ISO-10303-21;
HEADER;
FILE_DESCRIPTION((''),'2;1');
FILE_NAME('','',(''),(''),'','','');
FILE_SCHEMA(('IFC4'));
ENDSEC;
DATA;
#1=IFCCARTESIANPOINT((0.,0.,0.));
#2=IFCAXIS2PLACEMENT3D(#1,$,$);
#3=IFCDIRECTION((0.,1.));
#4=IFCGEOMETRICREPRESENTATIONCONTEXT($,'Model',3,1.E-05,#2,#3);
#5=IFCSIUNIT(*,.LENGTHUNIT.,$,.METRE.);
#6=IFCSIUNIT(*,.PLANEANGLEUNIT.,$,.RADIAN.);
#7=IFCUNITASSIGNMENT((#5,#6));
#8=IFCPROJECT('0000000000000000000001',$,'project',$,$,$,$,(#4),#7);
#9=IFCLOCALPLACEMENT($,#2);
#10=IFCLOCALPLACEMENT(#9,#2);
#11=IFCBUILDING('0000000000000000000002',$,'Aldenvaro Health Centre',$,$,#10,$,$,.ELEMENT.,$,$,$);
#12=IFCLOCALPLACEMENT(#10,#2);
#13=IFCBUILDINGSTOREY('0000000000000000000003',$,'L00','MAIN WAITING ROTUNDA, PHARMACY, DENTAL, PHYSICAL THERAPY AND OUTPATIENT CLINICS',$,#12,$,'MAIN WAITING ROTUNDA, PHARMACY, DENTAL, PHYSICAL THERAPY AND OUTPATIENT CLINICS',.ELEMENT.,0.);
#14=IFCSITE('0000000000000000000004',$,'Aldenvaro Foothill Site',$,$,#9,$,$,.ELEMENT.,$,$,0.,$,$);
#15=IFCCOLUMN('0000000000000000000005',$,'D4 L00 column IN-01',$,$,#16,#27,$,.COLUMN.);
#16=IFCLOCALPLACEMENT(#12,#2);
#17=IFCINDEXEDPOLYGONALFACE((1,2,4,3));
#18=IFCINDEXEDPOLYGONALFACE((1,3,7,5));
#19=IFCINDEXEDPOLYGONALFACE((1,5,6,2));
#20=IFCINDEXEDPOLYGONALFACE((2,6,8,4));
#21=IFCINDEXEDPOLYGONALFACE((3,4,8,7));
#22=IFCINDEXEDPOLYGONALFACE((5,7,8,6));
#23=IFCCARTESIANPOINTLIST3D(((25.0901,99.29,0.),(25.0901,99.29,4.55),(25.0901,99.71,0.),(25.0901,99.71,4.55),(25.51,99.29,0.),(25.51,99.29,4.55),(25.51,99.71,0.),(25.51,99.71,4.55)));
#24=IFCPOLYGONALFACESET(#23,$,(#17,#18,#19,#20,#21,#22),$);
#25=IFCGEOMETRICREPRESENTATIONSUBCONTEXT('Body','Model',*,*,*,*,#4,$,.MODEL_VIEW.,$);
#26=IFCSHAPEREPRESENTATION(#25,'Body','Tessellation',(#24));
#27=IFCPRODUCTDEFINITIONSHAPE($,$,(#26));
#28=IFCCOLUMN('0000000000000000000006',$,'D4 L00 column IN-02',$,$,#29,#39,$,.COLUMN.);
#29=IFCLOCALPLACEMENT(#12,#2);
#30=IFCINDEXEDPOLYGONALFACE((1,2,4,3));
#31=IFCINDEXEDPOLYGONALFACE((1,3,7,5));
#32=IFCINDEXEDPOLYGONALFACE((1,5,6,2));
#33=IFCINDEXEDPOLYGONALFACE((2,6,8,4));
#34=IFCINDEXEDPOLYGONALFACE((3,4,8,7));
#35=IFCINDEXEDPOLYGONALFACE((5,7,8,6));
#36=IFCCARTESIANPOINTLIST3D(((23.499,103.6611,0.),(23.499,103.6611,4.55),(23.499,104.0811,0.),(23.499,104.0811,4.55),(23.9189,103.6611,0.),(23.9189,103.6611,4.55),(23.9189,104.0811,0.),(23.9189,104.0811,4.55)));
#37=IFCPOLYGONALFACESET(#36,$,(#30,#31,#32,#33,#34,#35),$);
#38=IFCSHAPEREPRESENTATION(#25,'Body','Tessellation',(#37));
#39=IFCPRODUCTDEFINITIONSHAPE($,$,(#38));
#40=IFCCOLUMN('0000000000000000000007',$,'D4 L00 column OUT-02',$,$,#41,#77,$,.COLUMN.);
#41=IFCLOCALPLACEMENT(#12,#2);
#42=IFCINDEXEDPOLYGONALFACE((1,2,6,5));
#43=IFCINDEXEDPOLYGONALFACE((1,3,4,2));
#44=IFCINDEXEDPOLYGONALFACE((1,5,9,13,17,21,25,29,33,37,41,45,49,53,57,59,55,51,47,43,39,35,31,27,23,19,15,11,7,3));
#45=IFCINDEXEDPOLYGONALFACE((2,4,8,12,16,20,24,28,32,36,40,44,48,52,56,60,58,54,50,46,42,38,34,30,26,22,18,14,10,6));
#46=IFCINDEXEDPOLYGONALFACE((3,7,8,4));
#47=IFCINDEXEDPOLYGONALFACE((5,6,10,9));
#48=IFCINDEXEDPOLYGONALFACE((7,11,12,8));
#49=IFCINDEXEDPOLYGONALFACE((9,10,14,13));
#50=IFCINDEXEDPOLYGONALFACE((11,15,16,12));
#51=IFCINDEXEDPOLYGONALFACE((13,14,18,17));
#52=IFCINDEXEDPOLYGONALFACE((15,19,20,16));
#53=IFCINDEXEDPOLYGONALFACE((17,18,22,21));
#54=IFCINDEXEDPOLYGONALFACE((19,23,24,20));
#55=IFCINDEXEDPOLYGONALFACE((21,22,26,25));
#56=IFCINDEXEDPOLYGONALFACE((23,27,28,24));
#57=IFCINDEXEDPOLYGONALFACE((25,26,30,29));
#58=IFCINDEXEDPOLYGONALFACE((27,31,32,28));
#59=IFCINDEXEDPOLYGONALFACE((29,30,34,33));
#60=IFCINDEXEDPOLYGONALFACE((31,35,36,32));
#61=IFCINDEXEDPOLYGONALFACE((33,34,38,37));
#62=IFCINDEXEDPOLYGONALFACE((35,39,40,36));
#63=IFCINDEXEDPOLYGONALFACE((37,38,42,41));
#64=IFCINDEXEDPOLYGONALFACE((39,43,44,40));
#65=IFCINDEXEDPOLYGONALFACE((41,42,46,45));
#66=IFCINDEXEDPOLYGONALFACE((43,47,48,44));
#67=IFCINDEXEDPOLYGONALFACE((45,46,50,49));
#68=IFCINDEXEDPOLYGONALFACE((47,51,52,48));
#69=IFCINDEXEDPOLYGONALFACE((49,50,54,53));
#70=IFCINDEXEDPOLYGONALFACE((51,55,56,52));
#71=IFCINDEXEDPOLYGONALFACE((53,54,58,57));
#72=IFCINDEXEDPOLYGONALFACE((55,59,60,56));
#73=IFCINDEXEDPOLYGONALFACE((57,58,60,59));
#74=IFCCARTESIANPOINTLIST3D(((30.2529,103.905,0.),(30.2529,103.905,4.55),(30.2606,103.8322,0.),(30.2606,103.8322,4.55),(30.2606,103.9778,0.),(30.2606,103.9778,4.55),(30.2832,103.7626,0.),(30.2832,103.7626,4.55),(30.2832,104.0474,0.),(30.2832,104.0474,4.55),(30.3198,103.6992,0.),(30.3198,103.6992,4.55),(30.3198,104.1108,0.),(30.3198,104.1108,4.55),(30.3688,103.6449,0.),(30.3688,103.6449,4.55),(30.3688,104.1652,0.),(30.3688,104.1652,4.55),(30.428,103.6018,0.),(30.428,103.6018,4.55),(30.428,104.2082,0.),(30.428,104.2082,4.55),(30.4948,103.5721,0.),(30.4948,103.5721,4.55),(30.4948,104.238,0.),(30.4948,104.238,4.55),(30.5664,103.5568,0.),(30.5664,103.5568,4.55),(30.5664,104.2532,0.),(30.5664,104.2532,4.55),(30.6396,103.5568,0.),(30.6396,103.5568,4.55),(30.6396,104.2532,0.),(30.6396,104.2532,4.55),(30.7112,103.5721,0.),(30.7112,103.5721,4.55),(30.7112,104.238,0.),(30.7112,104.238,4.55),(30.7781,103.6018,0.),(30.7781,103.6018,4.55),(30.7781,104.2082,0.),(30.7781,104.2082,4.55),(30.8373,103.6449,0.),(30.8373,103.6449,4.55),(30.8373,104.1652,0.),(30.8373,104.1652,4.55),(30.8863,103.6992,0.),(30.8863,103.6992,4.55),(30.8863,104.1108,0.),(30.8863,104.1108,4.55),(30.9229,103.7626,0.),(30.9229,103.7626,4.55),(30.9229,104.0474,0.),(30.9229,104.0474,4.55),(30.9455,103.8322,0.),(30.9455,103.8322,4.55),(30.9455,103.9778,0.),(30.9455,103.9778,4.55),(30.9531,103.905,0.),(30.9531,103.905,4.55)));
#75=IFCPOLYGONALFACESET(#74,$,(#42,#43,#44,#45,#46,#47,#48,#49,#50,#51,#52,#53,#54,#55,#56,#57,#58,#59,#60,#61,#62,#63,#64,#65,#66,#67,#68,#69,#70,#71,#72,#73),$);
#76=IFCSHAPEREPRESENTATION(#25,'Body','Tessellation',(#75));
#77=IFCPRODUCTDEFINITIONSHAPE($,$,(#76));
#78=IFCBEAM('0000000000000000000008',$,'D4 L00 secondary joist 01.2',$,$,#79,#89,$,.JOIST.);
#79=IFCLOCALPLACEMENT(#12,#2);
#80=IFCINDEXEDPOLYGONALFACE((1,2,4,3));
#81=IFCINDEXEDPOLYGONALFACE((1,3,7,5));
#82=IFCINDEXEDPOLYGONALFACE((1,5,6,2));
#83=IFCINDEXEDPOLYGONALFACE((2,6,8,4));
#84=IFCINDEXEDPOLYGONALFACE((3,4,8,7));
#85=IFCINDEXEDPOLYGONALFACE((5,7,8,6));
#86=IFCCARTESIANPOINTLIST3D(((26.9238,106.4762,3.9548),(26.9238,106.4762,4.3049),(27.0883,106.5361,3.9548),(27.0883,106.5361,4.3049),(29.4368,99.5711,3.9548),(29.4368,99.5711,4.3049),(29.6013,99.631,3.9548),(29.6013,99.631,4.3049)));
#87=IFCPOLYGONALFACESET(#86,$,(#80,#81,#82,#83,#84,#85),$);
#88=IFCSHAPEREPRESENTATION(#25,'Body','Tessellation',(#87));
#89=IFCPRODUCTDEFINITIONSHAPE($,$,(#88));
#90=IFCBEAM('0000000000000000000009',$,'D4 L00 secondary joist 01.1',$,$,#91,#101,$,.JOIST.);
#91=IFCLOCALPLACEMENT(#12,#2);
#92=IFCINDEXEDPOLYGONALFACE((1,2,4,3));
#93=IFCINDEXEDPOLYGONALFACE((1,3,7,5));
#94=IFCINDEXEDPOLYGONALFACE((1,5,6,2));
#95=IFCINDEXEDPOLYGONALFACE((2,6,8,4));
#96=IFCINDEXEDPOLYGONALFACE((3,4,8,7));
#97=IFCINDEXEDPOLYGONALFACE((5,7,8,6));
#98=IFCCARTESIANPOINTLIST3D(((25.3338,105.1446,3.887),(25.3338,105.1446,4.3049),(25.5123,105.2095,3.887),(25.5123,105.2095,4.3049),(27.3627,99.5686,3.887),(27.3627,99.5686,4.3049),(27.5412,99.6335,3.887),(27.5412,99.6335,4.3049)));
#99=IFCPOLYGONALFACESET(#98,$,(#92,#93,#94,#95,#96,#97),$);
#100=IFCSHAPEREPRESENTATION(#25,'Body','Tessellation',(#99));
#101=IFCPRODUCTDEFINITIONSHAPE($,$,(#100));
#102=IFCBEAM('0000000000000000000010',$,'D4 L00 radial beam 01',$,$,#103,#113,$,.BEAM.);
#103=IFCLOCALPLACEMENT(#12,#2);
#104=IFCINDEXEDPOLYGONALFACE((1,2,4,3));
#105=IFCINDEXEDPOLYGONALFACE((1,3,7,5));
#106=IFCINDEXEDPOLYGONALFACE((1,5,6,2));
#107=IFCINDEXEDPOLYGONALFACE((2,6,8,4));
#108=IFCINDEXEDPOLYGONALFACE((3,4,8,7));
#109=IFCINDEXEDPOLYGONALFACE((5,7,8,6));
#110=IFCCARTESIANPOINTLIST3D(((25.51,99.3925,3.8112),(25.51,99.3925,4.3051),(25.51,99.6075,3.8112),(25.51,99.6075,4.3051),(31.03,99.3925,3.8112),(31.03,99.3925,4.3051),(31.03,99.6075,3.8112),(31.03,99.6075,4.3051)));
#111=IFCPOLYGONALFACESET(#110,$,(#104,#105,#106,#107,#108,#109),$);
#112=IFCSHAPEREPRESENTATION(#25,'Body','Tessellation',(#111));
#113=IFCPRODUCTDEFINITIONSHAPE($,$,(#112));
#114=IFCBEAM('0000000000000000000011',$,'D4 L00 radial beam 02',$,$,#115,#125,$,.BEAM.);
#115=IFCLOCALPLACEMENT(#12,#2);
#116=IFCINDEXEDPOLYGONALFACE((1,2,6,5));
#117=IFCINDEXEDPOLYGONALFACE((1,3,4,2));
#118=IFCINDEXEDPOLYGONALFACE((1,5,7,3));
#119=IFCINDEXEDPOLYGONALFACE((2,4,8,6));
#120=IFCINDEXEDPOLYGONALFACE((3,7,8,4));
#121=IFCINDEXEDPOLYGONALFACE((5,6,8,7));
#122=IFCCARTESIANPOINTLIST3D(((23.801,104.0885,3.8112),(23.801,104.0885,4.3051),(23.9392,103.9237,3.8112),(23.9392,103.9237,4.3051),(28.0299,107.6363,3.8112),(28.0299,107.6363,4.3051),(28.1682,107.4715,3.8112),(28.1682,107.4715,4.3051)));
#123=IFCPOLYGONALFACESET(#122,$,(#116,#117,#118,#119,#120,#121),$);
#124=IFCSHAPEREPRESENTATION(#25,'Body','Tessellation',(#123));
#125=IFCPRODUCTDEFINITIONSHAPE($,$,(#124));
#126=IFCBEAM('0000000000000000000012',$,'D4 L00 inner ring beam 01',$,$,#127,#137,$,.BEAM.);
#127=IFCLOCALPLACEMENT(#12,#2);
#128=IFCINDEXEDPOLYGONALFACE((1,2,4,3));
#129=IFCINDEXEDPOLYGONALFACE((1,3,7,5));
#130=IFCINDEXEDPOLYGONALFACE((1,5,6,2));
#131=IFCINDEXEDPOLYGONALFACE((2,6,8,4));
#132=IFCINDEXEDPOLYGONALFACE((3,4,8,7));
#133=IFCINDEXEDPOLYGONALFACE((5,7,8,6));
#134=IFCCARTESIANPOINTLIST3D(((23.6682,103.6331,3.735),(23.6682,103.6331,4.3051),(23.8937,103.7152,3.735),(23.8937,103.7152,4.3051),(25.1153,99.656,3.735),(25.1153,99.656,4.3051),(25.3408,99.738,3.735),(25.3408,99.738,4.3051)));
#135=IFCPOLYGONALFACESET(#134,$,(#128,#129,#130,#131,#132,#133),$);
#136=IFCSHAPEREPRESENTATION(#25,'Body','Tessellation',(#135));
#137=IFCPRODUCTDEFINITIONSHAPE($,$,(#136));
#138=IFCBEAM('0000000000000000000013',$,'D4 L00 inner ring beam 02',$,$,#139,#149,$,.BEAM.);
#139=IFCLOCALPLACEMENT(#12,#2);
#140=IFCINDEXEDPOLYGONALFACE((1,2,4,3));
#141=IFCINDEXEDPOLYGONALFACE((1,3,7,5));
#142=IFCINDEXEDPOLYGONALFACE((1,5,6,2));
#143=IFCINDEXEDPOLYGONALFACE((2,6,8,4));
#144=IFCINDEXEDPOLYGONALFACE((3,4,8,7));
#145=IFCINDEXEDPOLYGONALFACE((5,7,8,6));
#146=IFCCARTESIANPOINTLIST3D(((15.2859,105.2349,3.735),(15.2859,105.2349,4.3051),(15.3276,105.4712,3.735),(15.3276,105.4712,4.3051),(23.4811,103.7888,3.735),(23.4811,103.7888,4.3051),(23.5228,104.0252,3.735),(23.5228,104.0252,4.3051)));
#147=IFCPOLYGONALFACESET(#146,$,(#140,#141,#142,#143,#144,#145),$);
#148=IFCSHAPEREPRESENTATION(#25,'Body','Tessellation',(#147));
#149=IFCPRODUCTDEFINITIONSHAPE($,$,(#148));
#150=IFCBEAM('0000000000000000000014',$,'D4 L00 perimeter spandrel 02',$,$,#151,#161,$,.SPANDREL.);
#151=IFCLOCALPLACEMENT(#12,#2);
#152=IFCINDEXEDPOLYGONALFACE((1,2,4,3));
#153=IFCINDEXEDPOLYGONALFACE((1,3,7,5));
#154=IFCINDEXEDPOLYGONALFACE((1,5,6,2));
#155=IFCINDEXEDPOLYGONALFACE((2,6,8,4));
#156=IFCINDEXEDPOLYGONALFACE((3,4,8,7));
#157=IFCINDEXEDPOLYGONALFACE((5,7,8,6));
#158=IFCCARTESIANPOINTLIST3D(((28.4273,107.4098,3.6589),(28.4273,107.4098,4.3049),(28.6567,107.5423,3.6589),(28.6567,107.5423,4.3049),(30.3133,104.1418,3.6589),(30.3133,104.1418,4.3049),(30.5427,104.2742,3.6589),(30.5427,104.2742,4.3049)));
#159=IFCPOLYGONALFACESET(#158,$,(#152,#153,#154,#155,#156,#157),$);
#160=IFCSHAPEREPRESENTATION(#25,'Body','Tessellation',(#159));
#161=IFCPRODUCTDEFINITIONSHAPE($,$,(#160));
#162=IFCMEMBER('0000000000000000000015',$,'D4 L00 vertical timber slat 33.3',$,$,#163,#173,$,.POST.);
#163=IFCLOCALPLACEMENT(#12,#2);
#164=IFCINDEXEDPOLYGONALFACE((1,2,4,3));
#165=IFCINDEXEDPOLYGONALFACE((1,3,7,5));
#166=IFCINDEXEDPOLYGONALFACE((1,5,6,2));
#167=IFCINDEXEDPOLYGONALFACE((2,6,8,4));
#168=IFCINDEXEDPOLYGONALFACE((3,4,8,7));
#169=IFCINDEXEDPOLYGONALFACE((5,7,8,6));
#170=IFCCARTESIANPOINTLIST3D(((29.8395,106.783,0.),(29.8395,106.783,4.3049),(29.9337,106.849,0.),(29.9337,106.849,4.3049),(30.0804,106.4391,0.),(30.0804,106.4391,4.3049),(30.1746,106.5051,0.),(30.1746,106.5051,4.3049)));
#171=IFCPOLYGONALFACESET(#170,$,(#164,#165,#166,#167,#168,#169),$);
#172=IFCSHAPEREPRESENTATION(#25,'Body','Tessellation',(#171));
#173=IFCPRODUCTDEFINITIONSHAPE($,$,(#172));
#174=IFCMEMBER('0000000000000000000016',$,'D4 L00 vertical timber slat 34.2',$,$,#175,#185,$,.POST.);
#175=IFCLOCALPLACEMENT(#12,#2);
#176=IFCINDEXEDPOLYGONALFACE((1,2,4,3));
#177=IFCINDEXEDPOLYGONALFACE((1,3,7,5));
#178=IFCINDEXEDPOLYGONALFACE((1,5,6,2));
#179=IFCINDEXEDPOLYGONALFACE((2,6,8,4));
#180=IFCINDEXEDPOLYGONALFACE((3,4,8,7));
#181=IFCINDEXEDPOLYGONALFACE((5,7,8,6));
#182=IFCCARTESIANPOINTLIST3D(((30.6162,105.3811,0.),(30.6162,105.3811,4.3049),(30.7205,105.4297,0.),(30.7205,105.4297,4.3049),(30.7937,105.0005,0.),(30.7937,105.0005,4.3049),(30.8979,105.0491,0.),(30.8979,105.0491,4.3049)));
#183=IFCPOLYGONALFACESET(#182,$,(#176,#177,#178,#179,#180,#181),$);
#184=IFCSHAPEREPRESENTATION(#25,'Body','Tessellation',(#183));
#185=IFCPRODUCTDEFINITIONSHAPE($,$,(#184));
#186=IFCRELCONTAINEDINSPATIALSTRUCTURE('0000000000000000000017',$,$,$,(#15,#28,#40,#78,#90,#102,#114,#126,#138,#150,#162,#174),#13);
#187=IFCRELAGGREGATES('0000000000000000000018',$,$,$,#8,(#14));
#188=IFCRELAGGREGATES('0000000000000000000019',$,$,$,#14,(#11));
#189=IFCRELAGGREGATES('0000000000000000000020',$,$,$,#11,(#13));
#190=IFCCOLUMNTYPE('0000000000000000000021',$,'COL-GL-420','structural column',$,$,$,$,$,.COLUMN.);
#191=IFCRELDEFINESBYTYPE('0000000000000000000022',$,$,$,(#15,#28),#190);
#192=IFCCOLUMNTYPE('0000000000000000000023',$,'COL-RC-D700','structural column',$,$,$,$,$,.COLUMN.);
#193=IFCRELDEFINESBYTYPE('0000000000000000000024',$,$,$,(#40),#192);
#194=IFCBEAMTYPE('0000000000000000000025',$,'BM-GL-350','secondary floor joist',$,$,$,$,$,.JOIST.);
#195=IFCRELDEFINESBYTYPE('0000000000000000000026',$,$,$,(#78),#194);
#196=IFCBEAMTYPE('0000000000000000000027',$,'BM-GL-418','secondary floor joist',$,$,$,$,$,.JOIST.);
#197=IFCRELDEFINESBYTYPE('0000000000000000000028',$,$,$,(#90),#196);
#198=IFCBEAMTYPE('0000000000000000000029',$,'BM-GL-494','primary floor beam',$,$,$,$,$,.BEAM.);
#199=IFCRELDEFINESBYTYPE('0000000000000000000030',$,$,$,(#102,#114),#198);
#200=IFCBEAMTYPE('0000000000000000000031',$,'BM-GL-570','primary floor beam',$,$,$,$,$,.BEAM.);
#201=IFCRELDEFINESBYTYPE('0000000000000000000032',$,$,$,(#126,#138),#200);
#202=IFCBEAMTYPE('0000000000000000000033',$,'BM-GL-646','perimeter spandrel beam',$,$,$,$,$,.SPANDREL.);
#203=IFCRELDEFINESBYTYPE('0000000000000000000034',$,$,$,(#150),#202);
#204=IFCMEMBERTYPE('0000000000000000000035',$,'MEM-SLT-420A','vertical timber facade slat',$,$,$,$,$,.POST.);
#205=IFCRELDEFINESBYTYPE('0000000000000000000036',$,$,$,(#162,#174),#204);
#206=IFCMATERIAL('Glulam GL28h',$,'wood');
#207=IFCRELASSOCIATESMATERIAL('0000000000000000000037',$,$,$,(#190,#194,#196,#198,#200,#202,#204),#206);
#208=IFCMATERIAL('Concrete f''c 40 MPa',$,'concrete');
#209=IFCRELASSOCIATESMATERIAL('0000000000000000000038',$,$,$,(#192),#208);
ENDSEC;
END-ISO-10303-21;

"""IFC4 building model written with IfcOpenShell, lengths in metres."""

from ifc_helpers import new_model, si_unit, direction, frame, origin, origin_2d, place, context, subcontext, project, spatial, rectangle, circle, extrude, material, material_profile, profile_set, type_object, element, save


model = new_model("IFC4")

# Units and contexts
model_context = context("Model", 3, precision=1e-05, world=origin(), true_north=direction((0.0, 1.0)))
body_context = subcontext(model_context, "Body", "Model", "MODEL_VIEW")
ifc_project = project(units=[si_unit("LENGTHUNIT", "METRE"), si_unit("PLANEANGLEUNIT", "RADIAN")], contexts=[model_context])

# Site, building, storey
site_placement = place(None, origin())
site = spatial("IfcSite", under=ifc_project, at=site_placement, Name="Aldenvaro Foothill Site", CompositionType="ELEMENT", RefElevation=0.0)
building_placement = place(site_placement, origin())
building = spatial("IfcBuilding", under=site, at=building_placement, Name="Aldenvaro Health Centre", CompositionType="ELEMENT")
storey_placement = place(building_placement, origin())
storey = spatial("IfcBuildingStorey", under=building, at=storey_placement, Name="L00", Description="MAIN WAITING ROTUNDA, PHARMACY, DENTAL, PHYSICAL THERAPY AND OUTPATIENT CLINICS", LongName="MAIN WAITING ROTUNDA, PHARMACY, DENTAL, PHYSICAL THERAPY AND OUTPATIENT CLINICS", CompositionType="ELEMENT", Elevation=0.0)

# Columns
ifc_material_1 = material(Name="Glulam GL28h", Category="wood")
ifc_material_profile_1 = material_profile(ifc_material_1, rectangle(XDim=0.4199, YDim=0.4199, at=origin_2d()), Name="GL 420x420", Category="wood")
ifc_profile_set_1 = profile_set([ifc_material_profile_1], Name="Glulam GL28h")
column_type_1 = type_object("IfcColumnType", Name="COL-GL-420", Description="structural column", PredefinedType="COLUMN", material=ifc_profile_set_1)
for number, where, z_axis, x_axis, name in (
    (1, (25.3, 99.5, 0.0), (0.0, 0.0, 1.0), (1.0, 0.0, 0.0), "D4 L00 column IN-01"),
    (2, (23.709, 103.8711, 0.0), (0.0, 0.0, 1.0), (1.0, 0.0, 0.0), "D4 L00 column IN-02"),
):
    element("IfcColumn", number, at=place(storey_placement, frame(where, z_axis=z_axis, x_axis=x_axis)), inside=storey, type_object=column_type_1, Name=name, PredefinedType="COLUMN", context=body_context, shape_type="SweptSolid", body=[
        extrude(rectangle(XDim=0.4199, YDim=0.4199, at=origin_2d()), origin(), (0.0, 0.0, 1.0), 4.55),
    ])
ifc_material_2 = material(Name="Concrete f'c 40 MPa", Category="concrete")
ifc_material_profile_2 = material_profile(ifc_material_2, circle(Radius=0.3501, at=origin_2d()), Name="RC D700", Category="concrete")
ifc_profile_set_2 = profile_set([ifc_material_profile_2], Name="Concrete f'c 40 MPa")
column_type_2 = type_object("IfcColumnType", Name="COL-RC-D700", Description="structural column", PredefinedType="COLUMN", material=ifc_profile_set_2)
column_placement = place(storey_placement, frame((30.603, 103.905, 0.0), z_axis=(0.0, 0.0, 1.0), x_axis=(1.0, 0.0, 0.0)))
element("IfcColumn", 3, at=column_placement, inside=storey, type_object=column_type_2, Name="D4 L00 column OUT-02", PredefinedType="COLUMN", context=body_context, shape_type="SweptSolid", body=[
    extrude(circle(Radius=0.3501, at=origin_2d()), origin(), (0.0, 0.0, 1.0), 4.55),
])

# Beams
ifc_material_profile_3 = material_profile(ifc_material_1, rectangle(XDim=0.175, YDim=0.3501, at=origin_2d()), Name="GL 175x350", Category="wood")
ifc_profile_set_3 = profile_set([ifc_material_profile_3], Name="Glulam GL28h")
beam_type_1 = type_object("IfcBeamType", Name="BM-GL-350", Description="secondary floor joist", PredefinedType="JOIST", material=ifc_profile_set_3)
beam_1_placement = place(storey_placement, frame((29.519, 99.6011, 4.1299), z_axis=(-0.341986, 0.939705, 0.0), x_axis=(-0.939705, -0.341986, 0.0)))
element("IfcBeam", 4, at=beam_1_placement, inside=storey, type_object=beam_type_1, Name="D4 L00 secondary joist 01.2", PredefinedType="JOIST", context=body_context, shape_type="SweptSolid", body=[
    extrude(rectangle(XDim=0.175, YDim=0.3501, at=origin_2d()), origin(), (0.0, 0.0, 1.0), 7.3481),
])
ifc_material_profile_4 = material_profile(ifc_material_1, rectangle(XDim=0.1899, YDim=0.418, at=origin_2d()), Name="GL 190x418", Category="wood")
ifc_profile_set_4 = profile_set([ifc_material_profile_4], Name="Glulam GL28h")
beam_type_2 = type_object("IfcBeamType", Name="BM-GL-418", Description="secondary floor joist", PredefinedType="JOIST", material=ifc_profile_set_4)
beam_2_placement = place(storey_placement, frame((27.4519, 99.6011, 4.0959), z_axis=(-0.341921, 0.939729, 0.0), x_axis=(-0.939729, -0.341921, 0.0)))
element("IfcBeam", 5, at=beam_2_placement, inside=storey, type_object=beam_type_2, Name="D4 L00 secondary joist 01.1", PredefinedType="JOIST", context=body_context, shape_type="SweptSolid", body=[
    extrude(rectangle(XDim=0.1899, YDim=0.418, at=origin_2d()), origin(), (0.0, 0.0, 1.0), 5.9336),
])
ifc_material_profile_5 = material_profile(ifc_material_1, rectangle(XDim=0.2151, YDim=0.4939, at=origin_2d()), Name="GL 215x494", Category="wood")
ifc_profile_set_5 = profile_set([ifc_material_profile_5], Name="Glulam GL28h")
beam_type_3 = type_object("IfcBeamType", Name="BM-GL-494", Description="primary floor beam", PredefinedType="BEAM", material=ifc_profile_set_5)
for number, where, z_axis, x_axis, name in (
    (6, (25.51, 99.5, 4.0581), (1.0, 0.0, 0.0), (0.0, 1.0, 0.0), "D4 L00 radial beam 01"),
    (7, (23.8701, 104.0061, 4.0581), (0.766107, 0.642713, 0.0), (-0.642713, 0.766107, 0.0), "D4 L00 radial beam 02"),
):
    element("IfcBeam", number, at=place(storey_placement, frame(where, z_axis=z_axis, x_axis=x_axis)), inside=storey, type_object=beam_type_3, Name=name, PredefinedType="BEAM", context=body_context, shape_type="SweptSolid", body=[
        extrude(rectangle(XDim=0.2151, YDim=0.4939, at=origin_2d()), origin(), (0.0, 0.0, 1.0), 5.52),
    ])
ifc_material_profile_6 = material_profile(ifc_material_1, rectangle(XDim=0.24, YDim=0.5701, at=origin_2d()), Name="GL 240x570", Category="wood")
ifc_profile_set_6 = profile_set([ifc_material_profile_6], Name="Glulam GL28h")
beam_type_4 = type_object("IfcBeamType", Name="BM-GL-570", Description="primary floor beam", PredefinedType="BEAM", material=ifc_profile_set_6)
beam_3_placement = place(storey_placement, frame((25.228, 99.697, 4.02), z_axis=(-0.341914, 0.939731, 0.0), x_axis=(-0.939731, -0.341914, 0.0)))
element("IfcBeam", 8, at=beam_3_placement, inside=storey, type_object=beam_type_4, Name="D4 L00 inner ring beam 01", PredefinedType="BEAM", context=body_context, shape_type="SweptSolid", body=[
    extrude(rectangle(XDim=0.24, YDim=0.5701, at=origin_2d()), origin(), (0.0, 0.0, 1.0), 4.2322),
])
beam_4_placement = place(storey_placement, frame((23.502, 103.907, 4.02), z_axis=(-0.984787, 0.173769, 0.0), x_axis=(-0.173769, -0.984787, 0.0)))
element("IfcBeam", 9, at=beam_4_placement, inside=storey, type_object=beam_type_4, Name="D4 L00 inner ring beam 02", PredefinedType="BEAM", context=body_context, shape_type="SweptSolid", body=[
    extrude(rectangle(XDim=0.24, YDim=0.5701, at=origin_2d()), origin(), (0.0, 0.0, 1.0), 8.3218),
])
ifc_material_profile_7 = material_profile(ifc_material_1, rectangle(XDim=0.2649, YDim=0.646, at=origin_2d()), Name="GL 265x646", Category="wood")
ifc_profile_set_7 = profile_set([ifc_material_profile_7], Name="Glulam GL28h")
beam_type_5 = type_object("IfcBeamType", Name="BM-GL-646", Description="perimeter spandrel beam", PredefinedType="SPANDREL", material=ifc_profile_set_7)
beam_5_placement = place(storey_placement, frame((30.428, 104.208, 3.9819), z_axis=(-0.499834, 0.866121, 0.0), x_axis=(-0.866121, -0.499834, 0.0)))
element("IfcBeam", 10, at=beam_5_placement, inside=storey, type_object=beam_type_5, Name="D4 L00 perimeter spandrel 02", PredefinedType="SPANDREL", context=body_context, shape_type="SweptSolid", body=[
    extrude(rectangle(XDim=0.2649, YDim=0.646, at=origin_2d()), origin(), (0.0, 0.0, 1.0), 3.7732),
])

# Members
ifc_material_profile_8 = material_profile(ifc_material_1, rectangle(XDim=0.115, YDim=0.4199, at=origin_2d()), Name="GL 115x420", Category="wood")
ifc_profile_set_8 = profile_set([ifc_material_profile_8], Name="Glulam GL28h")
member_type_1 = type_object("IfcMemberType", Name="MEM-SLT-420A", Description="vertical timber facade slat", PredefinedType="POST", material=ifc_profile_set_8)
for number, where, z_axis, x_axis, name in (
    (11, (30.0071, 106.644, 0.0), (0.0, 0.0, 1.0), (0.819051, 0.573721, 0.0), "D4 L00 vertical timber slat 33.3"),
    (12, (30.7571, 105.2151, 0.0), (0.0, 0.0, 1.0), (0.906336, 0.422557, 0.0), "D4 L00 vertical timber slat 34.2"),
):
    element("IfcMember", number, at=place(storey_placement, frame(where, z_axis=z_axis, x_axis=x_axis)), inside=storey, type_object=member_type_1, Name=name, PredefinedType="POST", context=body_context, shape_type="SweptSolid", body=[
        extrude(rectangle(XDim=0.115, YDim=0.4199, at=origin_2d()), origin(), (0.0, 0.0, 1.0), 4.3049),
    ])

save(model, "model.ifc")
